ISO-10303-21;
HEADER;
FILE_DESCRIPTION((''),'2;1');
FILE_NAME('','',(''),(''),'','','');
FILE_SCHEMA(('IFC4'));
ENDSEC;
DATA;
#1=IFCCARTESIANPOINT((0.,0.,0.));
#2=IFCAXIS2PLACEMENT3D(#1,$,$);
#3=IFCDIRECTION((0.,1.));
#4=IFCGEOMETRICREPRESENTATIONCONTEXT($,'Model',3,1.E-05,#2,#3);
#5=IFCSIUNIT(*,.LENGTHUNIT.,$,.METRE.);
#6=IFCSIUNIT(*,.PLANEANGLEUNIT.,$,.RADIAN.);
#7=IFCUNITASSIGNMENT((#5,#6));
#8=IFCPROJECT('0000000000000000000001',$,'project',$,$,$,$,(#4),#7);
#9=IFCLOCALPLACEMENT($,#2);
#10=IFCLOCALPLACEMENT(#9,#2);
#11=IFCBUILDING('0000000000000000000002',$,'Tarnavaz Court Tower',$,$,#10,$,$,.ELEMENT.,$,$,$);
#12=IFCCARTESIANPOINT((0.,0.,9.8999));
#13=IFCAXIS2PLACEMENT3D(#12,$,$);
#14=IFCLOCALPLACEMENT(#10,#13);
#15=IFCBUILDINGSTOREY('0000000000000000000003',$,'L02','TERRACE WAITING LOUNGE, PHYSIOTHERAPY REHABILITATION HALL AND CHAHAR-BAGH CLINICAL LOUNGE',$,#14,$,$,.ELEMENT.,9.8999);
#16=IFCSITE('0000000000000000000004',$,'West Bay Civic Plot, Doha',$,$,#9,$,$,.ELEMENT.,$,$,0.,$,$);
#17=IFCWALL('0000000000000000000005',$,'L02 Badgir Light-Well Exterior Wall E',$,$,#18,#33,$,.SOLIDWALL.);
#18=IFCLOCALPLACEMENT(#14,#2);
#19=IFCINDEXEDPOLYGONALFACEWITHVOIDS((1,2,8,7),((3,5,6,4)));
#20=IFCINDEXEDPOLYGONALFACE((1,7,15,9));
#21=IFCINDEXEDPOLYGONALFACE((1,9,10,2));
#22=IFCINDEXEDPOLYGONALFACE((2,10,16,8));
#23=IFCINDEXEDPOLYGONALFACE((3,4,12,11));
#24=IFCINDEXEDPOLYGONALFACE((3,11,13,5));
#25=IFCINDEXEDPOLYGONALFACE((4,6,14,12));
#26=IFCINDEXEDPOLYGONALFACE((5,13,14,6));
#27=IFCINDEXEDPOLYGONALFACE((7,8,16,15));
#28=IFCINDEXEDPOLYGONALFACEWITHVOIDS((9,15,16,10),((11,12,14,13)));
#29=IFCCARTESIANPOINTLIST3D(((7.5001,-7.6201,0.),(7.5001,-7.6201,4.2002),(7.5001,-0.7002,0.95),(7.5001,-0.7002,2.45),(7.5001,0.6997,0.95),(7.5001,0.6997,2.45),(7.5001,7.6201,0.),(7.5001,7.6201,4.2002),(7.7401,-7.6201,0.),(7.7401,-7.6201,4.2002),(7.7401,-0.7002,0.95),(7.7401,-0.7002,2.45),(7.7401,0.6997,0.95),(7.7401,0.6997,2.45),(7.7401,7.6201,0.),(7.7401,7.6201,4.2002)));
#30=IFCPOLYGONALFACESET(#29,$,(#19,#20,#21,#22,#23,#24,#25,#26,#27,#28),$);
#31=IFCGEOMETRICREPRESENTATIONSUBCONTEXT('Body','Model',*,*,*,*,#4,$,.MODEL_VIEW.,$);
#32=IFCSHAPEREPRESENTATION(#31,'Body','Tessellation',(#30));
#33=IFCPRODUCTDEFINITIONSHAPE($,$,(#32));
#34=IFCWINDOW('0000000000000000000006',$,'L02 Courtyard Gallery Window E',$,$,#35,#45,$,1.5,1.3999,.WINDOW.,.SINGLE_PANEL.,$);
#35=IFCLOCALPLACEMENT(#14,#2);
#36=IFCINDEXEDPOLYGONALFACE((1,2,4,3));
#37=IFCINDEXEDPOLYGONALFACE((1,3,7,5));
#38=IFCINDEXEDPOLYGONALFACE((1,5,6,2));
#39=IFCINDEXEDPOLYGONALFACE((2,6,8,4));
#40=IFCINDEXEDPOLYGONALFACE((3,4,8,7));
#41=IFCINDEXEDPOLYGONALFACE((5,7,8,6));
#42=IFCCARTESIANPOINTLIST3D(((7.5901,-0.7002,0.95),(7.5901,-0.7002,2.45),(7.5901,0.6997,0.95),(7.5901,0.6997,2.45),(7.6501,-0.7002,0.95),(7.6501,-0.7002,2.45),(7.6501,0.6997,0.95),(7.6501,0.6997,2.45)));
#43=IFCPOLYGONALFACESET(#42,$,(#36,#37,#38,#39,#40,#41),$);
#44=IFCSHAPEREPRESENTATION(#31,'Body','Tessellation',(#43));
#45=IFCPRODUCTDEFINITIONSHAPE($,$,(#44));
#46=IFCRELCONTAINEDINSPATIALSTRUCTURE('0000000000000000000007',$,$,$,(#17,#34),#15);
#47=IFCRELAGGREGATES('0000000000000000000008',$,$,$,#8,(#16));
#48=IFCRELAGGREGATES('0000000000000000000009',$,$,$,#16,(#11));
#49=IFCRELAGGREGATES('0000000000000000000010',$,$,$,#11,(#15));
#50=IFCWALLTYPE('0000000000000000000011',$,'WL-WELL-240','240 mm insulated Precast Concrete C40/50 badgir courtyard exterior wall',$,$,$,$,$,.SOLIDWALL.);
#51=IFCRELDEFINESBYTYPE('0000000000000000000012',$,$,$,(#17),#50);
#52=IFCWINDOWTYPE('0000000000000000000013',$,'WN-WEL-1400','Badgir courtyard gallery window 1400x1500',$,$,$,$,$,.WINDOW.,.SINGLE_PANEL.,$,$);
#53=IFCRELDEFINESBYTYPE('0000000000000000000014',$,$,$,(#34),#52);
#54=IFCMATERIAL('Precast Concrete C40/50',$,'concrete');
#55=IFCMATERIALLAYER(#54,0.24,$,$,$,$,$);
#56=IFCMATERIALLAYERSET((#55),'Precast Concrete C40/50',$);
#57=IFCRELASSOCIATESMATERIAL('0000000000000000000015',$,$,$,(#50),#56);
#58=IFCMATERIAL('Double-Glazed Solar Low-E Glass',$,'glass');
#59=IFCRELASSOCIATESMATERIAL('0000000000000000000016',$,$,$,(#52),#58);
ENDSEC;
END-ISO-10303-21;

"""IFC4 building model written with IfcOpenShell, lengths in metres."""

from ifc_helpers import new_model, si_unit, direction, frame, frame_2d, origin, place, context, subcontext, project, spatial, rectangle, extrude, material, layer, layer_set, type_object, element, fill, save


model = new_model("IFC4")

# Units and contexts
model_context = context("Model", 3, precision=1e-05, world=origin(), true_north=direction((0.0, 1.0)))
body_context = subcontext(model_context, "Body", "Model", "MODEL_VIEW")
ifc_project = project(units=[si_unit("LENGTHUNIT", "METRE"), si_unit("PLANEANGLEUNIT", "RADIAN")], contexts=[model_context])

# Site, building, storey
site_placement = place(None, origin())
site = spatial("IfcSite", under=ifc_project, at=site_placement, Name="West Bay Civic Plot, Doha", CompositionType="ELEMENT", RefElevation=0.0)
building_placement = place(site_placement, origin())
building = spatial("IfcBuilding", under=site, at=building_placement, Name="Tarnavaz Court Tower", CompositionType="ELEMENT")
storey_placement = place(building_placement, frame((0.0, 0.0, 9.8999)))
storey = spatial("IfcBuildingStorey", under=building, at=storey_placement, Name="L02", Description="TERRACE WAITING LOUNGE, PHYSIOTHERAPY REHABILITATION HALL AND CHAHAR-BAGH CLINICAL LOUNGE", CompositionType="ELEMENT", Elevation=9.8999)

# Shared definitions
ifc_material_1 = material(Name="Double-Glazed Solar Low-E Glass", Category="glass")

# Shared definitions
ifc_material_2 = material(Name="Precast Concrete C40/50", Category="concrete")

# Wall, opening, window
ifc_layer_1 = layer(ifc_material_2, 0.24)
ifc_layer_set_1 = layer_set([ifc_layer_1], Name="Precast Concrete C40/50")
wall_type_1 = type_object("IfcWallType", Name="WL-WELL-240", Description="240 mm insulated Precast Concrete C40/50 badgir courtyard exterior wall", PredefinedType="SOLIDWALL", material=ifc_layer_set_1)
wall_1_placement = place(storey_placement, frame((7.6201, -7.6201, 0.0), z_axis=(0.0, 0.0, 1.0), x_axis=(0.0, 1.0, 0.0)))
wall_1 = element("IfcWall", 1, at=wall_1_placement, inside=storey, type_object=wall_type_1, Name="L02 Badgir Light-Well Exterior Wall E", PredefinedType="SOLIDWALL", context=body_context, shape_type="SweptSolid", body=[
    extrude(rectangle(XDim=15.2402, YDim=0.24, at=frame_2d((7.6201, 0.0))), origin(), (0.0, 0.0, 1.0), 4.2002),
])
opening_1_placement = place(wall_1_placement, frame((6.9199, 0.0, 0.95)))
opening_1 = element("IfcOpeningElement", 2, at=opening_1_placement, cuts=wall_1, PredefinedType="OPENING", context=body_context, shape_type="SweptSolid", body=[
    extrude(rectangle(XDim=1.3999, YDim=1.5, at=frame_2d((0.7, 0.75))), frame((0.0, 0.1299, 0.0), z_axis=(0.0, -1.0, 0.0), x_axis=(1.0, 0.0, 0.0)), (0.0, 0.0, 1.0), 0.26),
])
window_type = type_object("IfcWindowType", Name="WN-WEL-1400", Description="Badgir courtyard gallery window 1400x1500", PartitioningType="SINGLE_PANEL", PredefinedType="WINDOW", material=ifc_material_1)
window_placement = place(opening_1_placement, origin())
window = element("IfcWindow", 3, at=window_placement, inside=storey, type_object=window_type, Name="L02 Courtyard Gallery Window E", OverallHeight=1.5, OverallWidth=1.3999, PartitioningType="SINGLE_PANEL", PredefinedType="WINDOW", context=body_context, shape_type="SweptSolid", body=[
    extrude(rectangle(XDim=1.3999, YDim=1.5, at=frame_2d((0.7, 0.75))), frame((0.0, 0.03, 0.0), z_axis=(0.0, -1.0, 0.0), x_axis=(1.0, 0.0, 0.0)), (0.0, 0.0, 1.0), 0.0601),
])
fill(opening_1, window)

save(model, "model.ifc")
